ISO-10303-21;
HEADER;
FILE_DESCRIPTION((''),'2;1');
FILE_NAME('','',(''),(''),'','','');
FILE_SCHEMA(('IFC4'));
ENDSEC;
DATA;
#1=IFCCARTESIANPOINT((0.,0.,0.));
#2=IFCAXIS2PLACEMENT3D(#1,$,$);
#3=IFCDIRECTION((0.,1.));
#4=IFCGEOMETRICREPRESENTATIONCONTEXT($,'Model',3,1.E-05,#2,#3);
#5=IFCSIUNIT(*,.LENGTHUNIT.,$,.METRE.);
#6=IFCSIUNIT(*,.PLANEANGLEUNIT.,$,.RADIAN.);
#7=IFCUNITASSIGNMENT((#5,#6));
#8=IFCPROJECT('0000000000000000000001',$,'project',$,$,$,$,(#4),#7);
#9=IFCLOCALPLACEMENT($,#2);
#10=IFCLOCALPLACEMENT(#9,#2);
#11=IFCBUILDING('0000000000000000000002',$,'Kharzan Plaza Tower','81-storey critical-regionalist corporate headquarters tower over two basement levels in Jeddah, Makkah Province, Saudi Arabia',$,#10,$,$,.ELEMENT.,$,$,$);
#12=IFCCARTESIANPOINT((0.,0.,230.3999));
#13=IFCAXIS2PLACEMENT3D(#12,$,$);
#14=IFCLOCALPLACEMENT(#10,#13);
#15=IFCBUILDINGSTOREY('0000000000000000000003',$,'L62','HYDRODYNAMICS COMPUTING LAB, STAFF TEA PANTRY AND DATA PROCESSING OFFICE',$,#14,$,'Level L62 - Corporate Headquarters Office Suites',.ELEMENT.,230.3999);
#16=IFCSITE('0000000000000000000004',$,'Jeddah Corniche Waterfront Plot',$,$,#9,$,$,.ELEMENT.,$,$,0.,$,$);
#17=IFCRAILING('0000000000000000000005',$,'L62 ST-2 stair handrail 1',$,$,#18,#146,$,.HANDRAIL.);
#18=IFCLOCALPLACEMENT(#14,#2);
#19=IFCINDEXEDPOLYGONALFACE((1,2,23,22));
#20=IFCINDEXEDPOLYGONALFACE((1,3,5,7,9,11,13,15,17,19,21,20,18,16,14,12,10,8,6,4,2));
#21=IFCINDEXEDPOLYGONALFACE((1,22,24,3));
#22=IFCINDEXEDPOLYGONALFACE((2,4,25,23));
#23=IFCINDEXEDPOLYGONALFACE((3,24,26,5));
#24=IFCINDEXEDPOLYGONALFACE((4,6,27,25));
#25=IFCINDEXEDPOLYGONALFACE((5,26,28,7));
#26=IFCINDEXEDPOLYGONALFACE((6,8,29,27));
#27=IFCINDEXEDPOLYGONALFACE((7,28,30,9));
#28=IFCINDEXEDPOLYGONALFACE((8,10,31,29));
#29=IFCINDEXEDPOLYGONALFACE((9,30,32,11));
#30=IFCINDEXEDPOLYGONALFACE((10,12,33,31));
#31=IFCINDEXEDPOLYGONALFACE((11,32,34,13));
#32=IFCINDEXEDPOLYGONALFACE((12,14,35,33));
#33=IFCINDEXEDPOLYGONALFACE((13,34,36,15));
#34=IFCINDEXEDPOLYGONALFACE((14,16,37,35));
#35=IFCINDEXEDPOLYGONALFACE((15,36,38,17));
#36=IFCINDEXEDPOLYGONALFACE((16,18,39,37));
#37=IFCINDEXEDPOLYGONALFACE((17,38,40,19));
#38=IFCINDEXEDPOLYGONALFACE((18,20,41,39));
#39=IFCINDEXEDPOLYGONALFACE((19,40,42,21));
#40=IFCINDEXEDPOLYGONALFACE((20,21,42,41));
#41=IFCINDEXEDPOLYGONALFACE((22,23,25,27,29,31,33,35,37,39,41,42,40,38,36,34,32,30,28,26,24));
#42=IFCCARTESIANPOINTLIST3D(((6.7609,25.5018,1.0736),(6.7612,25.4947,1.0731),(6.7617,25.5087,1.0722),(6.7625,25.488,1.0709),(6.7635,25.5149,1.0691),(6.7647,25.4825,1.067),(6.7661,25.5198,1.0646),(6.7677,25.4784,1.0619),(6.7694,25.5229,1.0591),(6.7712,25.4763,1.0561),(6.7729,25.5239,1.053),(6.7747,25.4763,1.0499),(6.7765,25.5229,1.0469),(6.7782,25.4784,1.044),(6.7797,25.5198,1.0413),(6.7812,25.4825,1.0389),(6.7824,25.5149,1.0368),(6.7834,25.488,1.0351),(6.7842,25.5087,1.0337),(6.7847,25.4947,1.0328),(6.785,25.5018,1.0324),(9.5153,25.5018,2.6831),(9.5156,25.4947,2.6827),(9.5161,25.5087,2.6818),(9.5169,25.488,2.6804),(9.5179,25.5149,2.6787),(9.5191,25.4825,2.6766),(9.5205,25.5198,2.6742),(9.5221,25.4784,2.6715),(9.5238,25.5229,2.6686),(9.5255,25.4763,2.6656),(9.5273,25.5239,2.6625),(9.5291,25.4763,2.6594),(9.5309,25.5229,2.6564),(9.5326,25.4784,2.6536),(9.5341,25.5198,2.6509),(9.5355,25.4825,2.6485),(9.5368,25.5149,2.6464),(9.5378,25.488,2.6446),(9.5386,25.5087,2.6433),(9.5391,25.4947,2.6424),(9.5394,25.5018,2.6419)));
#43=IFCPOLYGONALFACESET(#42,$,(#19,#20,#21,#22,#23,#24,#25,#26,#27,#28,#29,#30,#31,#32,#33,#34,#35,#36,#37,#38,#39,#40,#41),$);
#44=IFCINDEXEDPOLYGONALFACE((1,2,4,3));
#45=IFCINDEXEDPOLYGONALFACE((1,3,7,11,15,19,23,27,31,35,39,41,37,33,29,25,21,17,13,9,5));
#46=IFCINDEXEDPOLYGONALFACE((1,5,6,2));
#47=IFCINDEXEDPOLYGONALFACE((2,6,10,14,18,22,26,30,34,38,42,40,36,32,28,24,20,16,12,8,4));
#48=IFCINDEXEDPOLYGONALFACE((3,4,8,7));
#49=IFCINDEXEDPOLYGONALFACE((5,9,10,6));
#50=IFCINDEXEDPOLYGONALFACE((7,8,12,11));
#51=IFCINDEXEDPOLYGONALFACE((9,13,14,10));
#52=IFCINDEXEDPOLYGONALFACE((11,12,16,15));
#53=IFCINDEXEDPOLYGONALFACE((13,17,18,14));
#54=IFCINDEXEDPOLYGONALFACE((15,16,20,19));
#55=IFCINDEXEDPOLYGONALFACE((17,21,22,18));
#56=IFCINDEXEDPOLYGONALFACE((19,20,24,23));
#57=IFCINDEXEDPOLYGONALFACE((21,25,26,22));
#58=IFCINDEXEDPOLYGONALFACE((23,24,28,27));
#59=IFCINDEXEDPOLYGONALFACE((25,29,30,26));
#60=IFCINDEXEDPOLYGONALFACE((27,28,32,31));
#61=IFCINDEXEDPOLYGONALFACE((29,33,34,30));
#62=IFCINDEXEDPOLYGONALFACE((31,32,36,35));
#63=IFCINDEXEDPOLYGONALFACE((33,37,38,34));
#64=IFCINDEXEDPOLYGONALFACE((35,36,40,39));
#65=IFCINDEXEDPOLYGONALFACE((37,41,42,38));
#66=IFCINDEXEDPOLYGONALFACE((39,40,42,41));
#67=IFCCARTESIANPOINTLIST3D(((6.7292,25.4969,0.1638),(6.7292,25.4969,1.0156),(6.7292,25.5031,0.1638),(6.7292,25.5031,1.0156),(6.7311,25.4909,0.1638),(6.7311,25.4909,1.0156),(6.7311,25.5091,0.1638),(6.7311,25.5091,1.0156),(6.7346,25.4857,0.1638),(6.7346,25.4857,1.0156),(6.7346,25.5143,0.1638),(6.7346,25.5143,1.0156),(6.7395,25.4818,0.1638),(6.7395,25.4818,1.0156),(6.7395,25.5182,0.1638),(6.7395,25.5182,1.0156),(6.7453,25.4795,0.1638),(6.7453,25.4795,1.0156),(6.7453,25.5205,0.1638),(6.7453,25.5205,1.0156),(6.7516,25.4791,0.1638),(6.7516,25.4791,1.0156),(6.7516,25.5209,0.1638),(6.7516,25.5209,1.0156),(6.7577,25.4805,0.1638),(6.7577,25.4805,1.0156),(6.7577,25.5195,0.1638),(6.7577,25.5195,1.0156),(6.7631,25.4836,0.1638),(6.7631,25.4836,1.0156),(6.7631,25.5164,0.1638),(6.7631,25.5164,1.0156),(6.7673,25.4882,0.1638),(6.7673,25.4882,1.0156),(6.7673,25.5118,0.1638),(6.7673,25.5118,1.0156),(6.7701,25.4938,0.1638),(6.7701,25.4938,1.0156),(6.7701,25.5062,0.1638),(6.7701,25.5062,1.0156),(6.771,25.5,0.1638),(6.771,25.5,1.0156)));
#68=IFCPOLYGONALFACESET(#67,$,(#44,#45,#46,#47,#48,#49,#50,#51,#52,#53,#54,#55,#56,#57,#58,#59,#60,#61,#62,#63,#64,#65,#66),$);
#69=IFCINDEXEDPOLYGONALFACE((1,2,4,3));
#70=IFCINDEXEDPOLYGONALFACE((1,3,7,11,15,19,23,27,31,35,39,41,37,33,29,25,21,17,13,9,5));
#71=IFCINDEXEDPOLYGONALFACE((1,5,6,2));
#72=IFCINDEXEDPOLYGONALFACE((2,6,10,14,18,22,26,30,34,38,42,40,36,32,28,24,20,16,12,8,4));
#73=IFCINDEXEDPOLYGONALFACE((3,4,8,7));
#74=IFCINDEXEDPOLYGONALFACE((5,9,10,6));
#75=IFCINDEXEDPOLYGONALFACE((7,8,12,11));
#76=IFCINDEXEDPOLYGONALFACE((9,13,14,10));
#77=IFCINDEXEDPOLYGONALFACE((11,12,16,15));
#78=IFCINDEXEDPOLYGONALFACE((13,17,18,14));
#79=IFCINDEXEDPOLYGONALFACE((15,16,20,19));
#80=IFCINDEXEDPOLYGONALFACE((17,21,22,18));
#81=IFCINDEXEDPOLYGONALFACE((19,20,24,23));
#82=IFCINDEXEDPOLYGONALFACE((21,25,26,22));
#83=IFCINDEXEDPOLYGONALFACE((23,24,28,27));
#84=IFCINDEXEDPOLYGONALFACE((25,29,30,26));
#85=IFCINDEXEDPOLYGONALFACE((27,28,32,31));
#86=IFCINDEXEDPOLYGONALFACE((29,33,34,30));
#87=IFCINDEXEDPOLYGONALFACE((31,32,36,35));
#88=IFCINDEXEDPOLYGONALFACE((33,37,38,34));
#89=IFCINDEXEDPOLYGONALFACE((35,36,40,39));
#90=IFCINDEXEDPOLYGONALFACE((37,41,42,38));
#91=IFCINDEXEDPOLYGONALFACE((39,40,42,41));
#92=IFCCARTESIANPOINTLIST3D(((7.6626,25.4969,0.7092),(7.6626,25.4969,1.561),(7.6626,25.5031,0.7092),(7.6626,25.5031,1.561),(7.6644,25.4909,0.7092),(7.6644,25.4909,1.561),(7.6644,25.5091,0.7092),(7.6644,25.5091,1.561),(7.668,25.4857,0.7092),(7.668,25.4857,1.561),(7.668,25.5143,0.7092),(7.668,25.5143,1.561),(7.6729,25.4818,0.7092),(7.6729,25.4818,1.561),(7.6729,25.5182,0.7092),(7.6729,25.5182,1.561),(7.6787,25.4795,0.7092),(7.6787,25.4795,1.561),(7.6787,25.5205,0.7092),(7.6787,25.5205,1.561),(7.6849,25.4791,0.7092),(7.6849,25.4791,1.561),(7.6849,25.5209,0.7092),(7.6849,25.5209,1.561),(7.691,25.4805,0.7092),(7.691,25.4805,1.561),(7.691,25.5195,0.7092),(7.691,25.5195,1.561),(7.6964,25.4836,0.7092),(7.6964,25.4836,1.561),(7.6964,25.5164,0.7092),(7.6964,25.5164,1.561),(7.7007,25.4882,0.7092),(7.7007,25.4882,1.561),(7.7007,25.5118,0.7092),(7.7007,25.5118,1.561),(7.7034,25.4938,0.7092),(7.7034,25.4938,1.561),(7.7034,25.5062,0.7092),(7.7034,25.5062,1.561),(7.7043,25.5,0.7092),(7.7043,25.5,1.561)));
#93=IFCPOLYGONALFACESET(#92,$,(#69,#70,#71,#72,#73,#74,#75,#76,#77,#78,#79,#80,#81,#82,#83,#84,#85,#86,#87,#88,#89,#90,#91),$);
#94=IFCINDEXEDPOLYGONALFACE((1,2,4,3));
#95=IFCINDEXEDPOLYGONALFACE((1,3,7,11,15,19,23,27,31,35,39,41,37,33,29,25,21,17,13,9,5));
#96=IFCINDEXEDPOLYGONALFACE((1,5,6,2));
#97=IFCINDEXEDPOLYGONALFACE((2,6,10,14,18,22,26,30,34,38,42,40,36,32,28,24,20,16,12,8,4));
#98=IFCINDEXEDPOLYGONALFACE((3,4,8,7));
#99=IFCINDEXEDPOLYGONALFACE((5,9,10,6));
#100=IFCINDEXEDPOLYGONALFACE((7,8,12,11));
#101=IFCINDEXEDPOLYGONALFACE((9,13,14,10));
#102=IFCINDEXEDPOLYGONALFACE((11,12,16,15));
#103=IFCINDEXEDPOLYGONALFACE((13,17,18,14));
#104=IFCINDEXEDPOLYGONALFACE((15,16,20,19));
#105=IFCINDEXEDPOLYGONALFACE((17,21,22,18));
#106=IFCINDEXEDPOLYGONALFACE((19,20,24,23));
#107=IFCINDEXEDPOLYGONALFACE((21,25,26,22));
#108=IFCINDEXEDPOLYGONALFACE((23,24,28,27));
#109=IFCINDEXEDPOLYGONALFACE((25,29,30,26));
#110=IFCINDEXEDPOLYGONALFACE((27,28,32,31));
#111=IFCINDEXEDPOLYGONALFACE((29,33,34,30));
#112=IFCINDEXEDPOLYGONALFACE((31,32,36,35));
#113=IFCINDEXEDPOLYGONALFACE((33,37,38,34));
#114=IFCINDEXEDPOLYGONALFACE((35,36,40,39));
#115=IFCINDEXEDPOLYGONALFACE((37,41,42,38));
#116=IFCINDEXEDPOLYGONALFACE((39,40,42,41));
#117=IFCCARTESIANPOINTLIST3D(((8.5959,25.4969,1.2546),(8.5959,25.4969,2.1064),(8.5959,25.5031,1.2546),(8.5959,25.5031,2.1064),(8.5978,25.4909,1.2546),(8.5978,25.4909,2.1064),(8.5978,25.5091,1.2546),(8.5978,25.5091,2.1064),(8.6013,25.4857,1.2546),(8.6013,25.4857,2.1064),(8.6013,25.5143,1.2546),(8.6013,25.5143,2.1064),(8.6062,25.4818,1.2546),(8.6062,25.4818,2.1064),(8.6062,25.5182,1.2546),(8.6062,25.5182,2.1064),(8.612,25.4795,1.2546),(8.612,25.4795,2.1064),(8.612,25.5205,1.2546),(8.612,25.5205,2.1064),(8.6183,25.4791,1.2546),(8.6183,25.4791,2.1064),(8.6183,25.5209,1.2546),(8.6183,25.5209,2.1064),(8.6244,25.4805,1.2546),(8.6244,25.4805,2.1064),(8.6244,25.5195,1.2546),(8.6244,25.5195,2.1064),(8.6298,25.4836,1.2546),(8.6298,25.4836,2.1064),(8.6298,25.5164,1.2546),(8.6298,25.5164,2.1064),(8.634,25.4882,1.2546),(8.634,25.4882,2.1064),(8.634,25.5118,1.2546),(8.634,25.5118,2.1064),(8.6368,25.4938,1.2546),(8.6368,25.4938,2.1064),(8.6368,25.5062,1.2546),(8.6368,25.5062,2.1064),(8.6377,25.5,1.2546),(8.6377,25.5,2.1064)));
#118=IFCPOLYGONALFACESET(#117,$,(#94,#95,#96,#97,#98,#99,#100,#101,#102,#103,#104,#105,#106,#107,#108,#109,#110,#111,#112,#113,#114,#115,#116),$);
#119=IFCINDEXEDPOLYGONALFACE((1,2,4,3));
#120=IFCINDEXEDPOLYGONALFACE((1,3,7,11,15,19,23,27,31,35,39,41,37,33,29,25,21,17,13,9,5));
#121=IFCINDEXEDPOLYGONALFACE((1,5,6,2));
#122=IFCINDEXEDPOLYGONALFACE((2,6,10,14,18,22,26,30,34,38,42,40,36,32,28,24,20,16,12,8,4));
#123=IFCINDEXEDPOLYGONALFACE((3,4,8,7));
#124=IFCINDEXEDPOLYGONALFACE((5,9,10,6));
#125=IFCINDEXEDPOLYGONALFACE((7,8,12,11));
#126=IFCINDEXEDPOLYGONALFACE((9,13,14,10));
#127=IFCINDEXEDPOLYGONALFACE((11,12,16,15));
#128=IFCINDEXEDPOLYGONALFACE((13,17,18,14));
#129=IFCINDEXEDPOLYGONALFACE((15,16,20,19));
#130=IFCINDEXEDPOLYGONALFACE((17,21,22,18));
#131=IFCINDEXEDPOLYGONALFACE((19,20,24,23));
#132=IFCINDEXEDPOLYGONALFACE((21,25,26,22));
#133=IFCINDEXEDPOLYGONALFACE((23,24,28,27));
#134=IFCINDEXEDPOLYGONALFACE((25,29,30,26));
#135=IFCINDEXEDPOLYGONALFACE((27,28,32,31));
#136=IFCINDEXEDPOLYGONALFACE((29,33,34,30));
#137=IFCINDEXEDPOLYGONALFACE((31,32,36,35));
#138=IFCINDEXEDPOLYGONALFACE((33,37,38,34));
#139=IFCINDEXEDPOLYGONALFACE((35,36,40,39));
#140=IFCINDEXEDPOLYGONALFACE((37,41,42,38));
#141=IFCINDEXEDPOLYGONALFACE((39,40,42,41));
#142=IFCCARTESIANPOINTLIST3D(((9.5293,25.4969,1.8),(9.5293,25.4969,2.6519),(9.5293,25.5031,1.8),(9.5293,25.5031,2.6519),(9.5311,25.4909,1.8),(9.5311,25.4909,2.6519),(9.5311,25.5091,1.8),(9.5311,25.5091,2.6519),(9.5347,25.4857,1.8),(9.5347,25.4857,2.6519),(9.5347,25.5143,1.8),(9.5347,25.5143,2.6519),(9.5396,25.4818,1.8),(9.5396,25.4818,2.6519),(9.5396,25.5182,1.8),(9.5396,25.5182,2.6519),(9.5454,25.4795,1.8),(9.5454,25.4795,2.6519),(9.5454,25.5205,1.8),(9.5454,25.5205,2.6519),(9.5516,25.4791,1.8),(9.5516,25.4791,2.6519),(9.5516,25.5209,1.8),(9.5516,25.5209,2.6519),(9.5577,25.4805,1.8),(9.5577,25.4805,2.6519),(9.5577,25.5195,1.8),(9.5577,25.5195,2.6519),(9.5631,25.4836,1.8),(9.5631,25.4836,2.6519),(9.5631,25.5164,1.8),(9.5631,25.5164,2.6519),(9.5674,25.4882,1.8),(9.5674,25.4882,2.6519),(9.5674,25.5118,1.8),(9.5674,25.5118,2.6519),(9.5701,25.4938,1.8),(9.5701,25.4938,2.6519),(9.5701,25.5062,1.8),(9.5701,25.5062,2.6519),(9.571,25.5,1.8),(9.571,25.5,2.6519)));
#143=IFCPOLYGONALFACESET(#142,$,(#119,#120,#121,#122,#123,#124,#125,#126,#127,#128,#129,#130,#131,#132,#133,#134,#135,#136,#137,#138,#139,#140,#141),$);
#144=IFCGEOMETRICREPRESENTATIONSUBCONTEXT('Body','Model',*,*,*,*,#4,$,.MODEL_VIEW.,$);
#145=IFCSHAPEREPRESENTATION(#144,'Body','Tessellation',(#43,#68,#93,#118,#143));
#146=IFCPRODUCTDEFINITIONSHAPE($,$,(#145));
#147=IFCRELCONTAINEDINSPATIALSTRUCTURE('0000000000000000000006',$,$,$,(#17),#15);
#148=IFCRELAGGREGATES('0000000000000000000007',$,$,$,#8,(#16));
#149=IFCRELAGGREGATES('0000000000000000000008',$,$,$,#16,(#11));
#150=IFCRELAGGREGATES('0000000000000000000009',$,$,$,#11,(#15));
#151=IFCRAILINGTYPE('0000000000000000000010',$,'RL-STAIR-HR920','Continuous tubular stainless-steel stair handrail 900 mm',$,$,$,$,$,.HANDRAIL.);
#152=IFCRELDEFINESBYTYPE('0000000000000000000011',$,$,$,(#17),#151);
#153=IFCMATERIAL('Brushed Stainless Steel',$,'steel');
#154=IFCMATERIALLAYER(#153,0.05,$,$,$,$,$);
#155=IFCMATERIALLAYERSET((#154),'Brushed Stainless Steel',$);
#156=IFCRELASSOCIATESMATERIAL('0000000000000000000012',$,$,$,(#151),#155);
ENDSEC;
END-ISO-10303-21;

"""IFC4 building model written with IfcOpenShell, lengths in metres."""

from ifc_helpers import new_model, si_unit, direction, frame, origin, origin_2d, place, context, subcontext, project, spatial, circle, extrude, source, transform, mapped, material, layer, layer_set, type_object, element, save


model = new_model("IFC4")

# Units and contexts
model_context = context("Model", 3, precision=1e-05, world=origin(), true_north=direction((0.0, 1.0)))
body_context = subcontext(model_context, "Body", "Model", "MODEL_VIEW")
ifc_project = project(units=[si_unit("LENGTHUNIT", "METRE"), si_unit("PLANEANGLEUNIT", "RADIAN")], contexts=[model_context])

# Site, building, storey
site_placement = place(None, origin())
site = spatial("IfcSite", under=ifc_project, at=site_placement, Name="Jeddah Corniche Waterfront Plot", CompositionType="ELEMENT", RefElevation=0.0)
building_placement = place(site_placement, origin())
building = spatial("IfcBuilding", under=site, at=building_placement, Name="Kharzan Plaza Tower", Description="81-storey critical-regionalist corporate headquarters tower over two basement levels in Jeddah, Makkah Province, Saudi Arabia", CompositionType="ELEMENT")
storey_placement = place(building_placement, frame((0.0, 0.0, 230.3999)))
storey = spatial("IfcBuildingStorey", under=building, at=storey_placement, Name="L62", Description="HYDRODYNAMICS COMPUTING LAB, STAFF TEA PANTRY AND DATA PROCESSING OFFICE", LongName="Level L62 - Corporate Headquarters Office Suites", CompositionType="ELEMENT", Elevation=230.3999)

# Railing
ifc_material_1 = material(Name="Brushed Stainless Steel", Category="steel")
ifc_layer_1 = layer(ifc_material_1, 0.05)
ifc_layer_set_1 = layer_set([ifc_layer_1], Name="Brushed Stainless Steel")
railing_type = type_object("IfcRailingType", Name="RL-STAIR-HR920", Description="Continuous tubular stainless-steel stair handrail 900 mm", PredefinedType="HANDRAIL", material=ifc_layer_set_1)
shared_shape_1 = source(origin(), body_context, "Body", "SweptSolid", [
    extrude(circle(Radius=0.0239, at=origin_2d()), frame((0.0229, 0.0, 0.8892), z_axis=(0.863394, 0.0, 0.504531), x_axis=(0.0, 1.0, 0.0)), (0.0, 0.0, 1.0), 3.1902),
    extrude(circle(Radius=0.021, at=origin_2d()), origin(), (0.0, 0.0, 1.0), 0.8518),
    extrude(circle(Radius=0.021, at=origin_2d()), frame((0.9333, 0.0, 0.5454)), (0.0, 0.0, 1.0), 0.8518),
    extrude(circle(Radius=0.021, at=origin_2d()), frame((1.8667, 0.0, 1.0908)), (0.0, 0.0, 1.0), 0.8518),
    extrude(circle(Radius=0.021, at=origin_2d()), frame((2.8, 0.0, 1.6362)), (0.0, 0.0, 1.0), 0.8518),
])
railing_placement = place(storey_placement, frame((6.75, 25.5, 0.1638)))
element("IfcRailing", 1, at=railing_placement, inside=storey, type_object=railing_type, Name="L62 ST-2 stair handrail 1", PredefinedType="HANDRAIL", context=body_context, shape_type="MappedRepresentation", body=[
    mapped(shared_shape_1, transform((0.0, 0.0, 0.0), x_axis=(1.0, 0.0, 0.0), y_axis=(0.0, 1.0, 0.0), z_axis=(0.0, 0.0, 1.0))),
])

save(model, "model.ifc")
